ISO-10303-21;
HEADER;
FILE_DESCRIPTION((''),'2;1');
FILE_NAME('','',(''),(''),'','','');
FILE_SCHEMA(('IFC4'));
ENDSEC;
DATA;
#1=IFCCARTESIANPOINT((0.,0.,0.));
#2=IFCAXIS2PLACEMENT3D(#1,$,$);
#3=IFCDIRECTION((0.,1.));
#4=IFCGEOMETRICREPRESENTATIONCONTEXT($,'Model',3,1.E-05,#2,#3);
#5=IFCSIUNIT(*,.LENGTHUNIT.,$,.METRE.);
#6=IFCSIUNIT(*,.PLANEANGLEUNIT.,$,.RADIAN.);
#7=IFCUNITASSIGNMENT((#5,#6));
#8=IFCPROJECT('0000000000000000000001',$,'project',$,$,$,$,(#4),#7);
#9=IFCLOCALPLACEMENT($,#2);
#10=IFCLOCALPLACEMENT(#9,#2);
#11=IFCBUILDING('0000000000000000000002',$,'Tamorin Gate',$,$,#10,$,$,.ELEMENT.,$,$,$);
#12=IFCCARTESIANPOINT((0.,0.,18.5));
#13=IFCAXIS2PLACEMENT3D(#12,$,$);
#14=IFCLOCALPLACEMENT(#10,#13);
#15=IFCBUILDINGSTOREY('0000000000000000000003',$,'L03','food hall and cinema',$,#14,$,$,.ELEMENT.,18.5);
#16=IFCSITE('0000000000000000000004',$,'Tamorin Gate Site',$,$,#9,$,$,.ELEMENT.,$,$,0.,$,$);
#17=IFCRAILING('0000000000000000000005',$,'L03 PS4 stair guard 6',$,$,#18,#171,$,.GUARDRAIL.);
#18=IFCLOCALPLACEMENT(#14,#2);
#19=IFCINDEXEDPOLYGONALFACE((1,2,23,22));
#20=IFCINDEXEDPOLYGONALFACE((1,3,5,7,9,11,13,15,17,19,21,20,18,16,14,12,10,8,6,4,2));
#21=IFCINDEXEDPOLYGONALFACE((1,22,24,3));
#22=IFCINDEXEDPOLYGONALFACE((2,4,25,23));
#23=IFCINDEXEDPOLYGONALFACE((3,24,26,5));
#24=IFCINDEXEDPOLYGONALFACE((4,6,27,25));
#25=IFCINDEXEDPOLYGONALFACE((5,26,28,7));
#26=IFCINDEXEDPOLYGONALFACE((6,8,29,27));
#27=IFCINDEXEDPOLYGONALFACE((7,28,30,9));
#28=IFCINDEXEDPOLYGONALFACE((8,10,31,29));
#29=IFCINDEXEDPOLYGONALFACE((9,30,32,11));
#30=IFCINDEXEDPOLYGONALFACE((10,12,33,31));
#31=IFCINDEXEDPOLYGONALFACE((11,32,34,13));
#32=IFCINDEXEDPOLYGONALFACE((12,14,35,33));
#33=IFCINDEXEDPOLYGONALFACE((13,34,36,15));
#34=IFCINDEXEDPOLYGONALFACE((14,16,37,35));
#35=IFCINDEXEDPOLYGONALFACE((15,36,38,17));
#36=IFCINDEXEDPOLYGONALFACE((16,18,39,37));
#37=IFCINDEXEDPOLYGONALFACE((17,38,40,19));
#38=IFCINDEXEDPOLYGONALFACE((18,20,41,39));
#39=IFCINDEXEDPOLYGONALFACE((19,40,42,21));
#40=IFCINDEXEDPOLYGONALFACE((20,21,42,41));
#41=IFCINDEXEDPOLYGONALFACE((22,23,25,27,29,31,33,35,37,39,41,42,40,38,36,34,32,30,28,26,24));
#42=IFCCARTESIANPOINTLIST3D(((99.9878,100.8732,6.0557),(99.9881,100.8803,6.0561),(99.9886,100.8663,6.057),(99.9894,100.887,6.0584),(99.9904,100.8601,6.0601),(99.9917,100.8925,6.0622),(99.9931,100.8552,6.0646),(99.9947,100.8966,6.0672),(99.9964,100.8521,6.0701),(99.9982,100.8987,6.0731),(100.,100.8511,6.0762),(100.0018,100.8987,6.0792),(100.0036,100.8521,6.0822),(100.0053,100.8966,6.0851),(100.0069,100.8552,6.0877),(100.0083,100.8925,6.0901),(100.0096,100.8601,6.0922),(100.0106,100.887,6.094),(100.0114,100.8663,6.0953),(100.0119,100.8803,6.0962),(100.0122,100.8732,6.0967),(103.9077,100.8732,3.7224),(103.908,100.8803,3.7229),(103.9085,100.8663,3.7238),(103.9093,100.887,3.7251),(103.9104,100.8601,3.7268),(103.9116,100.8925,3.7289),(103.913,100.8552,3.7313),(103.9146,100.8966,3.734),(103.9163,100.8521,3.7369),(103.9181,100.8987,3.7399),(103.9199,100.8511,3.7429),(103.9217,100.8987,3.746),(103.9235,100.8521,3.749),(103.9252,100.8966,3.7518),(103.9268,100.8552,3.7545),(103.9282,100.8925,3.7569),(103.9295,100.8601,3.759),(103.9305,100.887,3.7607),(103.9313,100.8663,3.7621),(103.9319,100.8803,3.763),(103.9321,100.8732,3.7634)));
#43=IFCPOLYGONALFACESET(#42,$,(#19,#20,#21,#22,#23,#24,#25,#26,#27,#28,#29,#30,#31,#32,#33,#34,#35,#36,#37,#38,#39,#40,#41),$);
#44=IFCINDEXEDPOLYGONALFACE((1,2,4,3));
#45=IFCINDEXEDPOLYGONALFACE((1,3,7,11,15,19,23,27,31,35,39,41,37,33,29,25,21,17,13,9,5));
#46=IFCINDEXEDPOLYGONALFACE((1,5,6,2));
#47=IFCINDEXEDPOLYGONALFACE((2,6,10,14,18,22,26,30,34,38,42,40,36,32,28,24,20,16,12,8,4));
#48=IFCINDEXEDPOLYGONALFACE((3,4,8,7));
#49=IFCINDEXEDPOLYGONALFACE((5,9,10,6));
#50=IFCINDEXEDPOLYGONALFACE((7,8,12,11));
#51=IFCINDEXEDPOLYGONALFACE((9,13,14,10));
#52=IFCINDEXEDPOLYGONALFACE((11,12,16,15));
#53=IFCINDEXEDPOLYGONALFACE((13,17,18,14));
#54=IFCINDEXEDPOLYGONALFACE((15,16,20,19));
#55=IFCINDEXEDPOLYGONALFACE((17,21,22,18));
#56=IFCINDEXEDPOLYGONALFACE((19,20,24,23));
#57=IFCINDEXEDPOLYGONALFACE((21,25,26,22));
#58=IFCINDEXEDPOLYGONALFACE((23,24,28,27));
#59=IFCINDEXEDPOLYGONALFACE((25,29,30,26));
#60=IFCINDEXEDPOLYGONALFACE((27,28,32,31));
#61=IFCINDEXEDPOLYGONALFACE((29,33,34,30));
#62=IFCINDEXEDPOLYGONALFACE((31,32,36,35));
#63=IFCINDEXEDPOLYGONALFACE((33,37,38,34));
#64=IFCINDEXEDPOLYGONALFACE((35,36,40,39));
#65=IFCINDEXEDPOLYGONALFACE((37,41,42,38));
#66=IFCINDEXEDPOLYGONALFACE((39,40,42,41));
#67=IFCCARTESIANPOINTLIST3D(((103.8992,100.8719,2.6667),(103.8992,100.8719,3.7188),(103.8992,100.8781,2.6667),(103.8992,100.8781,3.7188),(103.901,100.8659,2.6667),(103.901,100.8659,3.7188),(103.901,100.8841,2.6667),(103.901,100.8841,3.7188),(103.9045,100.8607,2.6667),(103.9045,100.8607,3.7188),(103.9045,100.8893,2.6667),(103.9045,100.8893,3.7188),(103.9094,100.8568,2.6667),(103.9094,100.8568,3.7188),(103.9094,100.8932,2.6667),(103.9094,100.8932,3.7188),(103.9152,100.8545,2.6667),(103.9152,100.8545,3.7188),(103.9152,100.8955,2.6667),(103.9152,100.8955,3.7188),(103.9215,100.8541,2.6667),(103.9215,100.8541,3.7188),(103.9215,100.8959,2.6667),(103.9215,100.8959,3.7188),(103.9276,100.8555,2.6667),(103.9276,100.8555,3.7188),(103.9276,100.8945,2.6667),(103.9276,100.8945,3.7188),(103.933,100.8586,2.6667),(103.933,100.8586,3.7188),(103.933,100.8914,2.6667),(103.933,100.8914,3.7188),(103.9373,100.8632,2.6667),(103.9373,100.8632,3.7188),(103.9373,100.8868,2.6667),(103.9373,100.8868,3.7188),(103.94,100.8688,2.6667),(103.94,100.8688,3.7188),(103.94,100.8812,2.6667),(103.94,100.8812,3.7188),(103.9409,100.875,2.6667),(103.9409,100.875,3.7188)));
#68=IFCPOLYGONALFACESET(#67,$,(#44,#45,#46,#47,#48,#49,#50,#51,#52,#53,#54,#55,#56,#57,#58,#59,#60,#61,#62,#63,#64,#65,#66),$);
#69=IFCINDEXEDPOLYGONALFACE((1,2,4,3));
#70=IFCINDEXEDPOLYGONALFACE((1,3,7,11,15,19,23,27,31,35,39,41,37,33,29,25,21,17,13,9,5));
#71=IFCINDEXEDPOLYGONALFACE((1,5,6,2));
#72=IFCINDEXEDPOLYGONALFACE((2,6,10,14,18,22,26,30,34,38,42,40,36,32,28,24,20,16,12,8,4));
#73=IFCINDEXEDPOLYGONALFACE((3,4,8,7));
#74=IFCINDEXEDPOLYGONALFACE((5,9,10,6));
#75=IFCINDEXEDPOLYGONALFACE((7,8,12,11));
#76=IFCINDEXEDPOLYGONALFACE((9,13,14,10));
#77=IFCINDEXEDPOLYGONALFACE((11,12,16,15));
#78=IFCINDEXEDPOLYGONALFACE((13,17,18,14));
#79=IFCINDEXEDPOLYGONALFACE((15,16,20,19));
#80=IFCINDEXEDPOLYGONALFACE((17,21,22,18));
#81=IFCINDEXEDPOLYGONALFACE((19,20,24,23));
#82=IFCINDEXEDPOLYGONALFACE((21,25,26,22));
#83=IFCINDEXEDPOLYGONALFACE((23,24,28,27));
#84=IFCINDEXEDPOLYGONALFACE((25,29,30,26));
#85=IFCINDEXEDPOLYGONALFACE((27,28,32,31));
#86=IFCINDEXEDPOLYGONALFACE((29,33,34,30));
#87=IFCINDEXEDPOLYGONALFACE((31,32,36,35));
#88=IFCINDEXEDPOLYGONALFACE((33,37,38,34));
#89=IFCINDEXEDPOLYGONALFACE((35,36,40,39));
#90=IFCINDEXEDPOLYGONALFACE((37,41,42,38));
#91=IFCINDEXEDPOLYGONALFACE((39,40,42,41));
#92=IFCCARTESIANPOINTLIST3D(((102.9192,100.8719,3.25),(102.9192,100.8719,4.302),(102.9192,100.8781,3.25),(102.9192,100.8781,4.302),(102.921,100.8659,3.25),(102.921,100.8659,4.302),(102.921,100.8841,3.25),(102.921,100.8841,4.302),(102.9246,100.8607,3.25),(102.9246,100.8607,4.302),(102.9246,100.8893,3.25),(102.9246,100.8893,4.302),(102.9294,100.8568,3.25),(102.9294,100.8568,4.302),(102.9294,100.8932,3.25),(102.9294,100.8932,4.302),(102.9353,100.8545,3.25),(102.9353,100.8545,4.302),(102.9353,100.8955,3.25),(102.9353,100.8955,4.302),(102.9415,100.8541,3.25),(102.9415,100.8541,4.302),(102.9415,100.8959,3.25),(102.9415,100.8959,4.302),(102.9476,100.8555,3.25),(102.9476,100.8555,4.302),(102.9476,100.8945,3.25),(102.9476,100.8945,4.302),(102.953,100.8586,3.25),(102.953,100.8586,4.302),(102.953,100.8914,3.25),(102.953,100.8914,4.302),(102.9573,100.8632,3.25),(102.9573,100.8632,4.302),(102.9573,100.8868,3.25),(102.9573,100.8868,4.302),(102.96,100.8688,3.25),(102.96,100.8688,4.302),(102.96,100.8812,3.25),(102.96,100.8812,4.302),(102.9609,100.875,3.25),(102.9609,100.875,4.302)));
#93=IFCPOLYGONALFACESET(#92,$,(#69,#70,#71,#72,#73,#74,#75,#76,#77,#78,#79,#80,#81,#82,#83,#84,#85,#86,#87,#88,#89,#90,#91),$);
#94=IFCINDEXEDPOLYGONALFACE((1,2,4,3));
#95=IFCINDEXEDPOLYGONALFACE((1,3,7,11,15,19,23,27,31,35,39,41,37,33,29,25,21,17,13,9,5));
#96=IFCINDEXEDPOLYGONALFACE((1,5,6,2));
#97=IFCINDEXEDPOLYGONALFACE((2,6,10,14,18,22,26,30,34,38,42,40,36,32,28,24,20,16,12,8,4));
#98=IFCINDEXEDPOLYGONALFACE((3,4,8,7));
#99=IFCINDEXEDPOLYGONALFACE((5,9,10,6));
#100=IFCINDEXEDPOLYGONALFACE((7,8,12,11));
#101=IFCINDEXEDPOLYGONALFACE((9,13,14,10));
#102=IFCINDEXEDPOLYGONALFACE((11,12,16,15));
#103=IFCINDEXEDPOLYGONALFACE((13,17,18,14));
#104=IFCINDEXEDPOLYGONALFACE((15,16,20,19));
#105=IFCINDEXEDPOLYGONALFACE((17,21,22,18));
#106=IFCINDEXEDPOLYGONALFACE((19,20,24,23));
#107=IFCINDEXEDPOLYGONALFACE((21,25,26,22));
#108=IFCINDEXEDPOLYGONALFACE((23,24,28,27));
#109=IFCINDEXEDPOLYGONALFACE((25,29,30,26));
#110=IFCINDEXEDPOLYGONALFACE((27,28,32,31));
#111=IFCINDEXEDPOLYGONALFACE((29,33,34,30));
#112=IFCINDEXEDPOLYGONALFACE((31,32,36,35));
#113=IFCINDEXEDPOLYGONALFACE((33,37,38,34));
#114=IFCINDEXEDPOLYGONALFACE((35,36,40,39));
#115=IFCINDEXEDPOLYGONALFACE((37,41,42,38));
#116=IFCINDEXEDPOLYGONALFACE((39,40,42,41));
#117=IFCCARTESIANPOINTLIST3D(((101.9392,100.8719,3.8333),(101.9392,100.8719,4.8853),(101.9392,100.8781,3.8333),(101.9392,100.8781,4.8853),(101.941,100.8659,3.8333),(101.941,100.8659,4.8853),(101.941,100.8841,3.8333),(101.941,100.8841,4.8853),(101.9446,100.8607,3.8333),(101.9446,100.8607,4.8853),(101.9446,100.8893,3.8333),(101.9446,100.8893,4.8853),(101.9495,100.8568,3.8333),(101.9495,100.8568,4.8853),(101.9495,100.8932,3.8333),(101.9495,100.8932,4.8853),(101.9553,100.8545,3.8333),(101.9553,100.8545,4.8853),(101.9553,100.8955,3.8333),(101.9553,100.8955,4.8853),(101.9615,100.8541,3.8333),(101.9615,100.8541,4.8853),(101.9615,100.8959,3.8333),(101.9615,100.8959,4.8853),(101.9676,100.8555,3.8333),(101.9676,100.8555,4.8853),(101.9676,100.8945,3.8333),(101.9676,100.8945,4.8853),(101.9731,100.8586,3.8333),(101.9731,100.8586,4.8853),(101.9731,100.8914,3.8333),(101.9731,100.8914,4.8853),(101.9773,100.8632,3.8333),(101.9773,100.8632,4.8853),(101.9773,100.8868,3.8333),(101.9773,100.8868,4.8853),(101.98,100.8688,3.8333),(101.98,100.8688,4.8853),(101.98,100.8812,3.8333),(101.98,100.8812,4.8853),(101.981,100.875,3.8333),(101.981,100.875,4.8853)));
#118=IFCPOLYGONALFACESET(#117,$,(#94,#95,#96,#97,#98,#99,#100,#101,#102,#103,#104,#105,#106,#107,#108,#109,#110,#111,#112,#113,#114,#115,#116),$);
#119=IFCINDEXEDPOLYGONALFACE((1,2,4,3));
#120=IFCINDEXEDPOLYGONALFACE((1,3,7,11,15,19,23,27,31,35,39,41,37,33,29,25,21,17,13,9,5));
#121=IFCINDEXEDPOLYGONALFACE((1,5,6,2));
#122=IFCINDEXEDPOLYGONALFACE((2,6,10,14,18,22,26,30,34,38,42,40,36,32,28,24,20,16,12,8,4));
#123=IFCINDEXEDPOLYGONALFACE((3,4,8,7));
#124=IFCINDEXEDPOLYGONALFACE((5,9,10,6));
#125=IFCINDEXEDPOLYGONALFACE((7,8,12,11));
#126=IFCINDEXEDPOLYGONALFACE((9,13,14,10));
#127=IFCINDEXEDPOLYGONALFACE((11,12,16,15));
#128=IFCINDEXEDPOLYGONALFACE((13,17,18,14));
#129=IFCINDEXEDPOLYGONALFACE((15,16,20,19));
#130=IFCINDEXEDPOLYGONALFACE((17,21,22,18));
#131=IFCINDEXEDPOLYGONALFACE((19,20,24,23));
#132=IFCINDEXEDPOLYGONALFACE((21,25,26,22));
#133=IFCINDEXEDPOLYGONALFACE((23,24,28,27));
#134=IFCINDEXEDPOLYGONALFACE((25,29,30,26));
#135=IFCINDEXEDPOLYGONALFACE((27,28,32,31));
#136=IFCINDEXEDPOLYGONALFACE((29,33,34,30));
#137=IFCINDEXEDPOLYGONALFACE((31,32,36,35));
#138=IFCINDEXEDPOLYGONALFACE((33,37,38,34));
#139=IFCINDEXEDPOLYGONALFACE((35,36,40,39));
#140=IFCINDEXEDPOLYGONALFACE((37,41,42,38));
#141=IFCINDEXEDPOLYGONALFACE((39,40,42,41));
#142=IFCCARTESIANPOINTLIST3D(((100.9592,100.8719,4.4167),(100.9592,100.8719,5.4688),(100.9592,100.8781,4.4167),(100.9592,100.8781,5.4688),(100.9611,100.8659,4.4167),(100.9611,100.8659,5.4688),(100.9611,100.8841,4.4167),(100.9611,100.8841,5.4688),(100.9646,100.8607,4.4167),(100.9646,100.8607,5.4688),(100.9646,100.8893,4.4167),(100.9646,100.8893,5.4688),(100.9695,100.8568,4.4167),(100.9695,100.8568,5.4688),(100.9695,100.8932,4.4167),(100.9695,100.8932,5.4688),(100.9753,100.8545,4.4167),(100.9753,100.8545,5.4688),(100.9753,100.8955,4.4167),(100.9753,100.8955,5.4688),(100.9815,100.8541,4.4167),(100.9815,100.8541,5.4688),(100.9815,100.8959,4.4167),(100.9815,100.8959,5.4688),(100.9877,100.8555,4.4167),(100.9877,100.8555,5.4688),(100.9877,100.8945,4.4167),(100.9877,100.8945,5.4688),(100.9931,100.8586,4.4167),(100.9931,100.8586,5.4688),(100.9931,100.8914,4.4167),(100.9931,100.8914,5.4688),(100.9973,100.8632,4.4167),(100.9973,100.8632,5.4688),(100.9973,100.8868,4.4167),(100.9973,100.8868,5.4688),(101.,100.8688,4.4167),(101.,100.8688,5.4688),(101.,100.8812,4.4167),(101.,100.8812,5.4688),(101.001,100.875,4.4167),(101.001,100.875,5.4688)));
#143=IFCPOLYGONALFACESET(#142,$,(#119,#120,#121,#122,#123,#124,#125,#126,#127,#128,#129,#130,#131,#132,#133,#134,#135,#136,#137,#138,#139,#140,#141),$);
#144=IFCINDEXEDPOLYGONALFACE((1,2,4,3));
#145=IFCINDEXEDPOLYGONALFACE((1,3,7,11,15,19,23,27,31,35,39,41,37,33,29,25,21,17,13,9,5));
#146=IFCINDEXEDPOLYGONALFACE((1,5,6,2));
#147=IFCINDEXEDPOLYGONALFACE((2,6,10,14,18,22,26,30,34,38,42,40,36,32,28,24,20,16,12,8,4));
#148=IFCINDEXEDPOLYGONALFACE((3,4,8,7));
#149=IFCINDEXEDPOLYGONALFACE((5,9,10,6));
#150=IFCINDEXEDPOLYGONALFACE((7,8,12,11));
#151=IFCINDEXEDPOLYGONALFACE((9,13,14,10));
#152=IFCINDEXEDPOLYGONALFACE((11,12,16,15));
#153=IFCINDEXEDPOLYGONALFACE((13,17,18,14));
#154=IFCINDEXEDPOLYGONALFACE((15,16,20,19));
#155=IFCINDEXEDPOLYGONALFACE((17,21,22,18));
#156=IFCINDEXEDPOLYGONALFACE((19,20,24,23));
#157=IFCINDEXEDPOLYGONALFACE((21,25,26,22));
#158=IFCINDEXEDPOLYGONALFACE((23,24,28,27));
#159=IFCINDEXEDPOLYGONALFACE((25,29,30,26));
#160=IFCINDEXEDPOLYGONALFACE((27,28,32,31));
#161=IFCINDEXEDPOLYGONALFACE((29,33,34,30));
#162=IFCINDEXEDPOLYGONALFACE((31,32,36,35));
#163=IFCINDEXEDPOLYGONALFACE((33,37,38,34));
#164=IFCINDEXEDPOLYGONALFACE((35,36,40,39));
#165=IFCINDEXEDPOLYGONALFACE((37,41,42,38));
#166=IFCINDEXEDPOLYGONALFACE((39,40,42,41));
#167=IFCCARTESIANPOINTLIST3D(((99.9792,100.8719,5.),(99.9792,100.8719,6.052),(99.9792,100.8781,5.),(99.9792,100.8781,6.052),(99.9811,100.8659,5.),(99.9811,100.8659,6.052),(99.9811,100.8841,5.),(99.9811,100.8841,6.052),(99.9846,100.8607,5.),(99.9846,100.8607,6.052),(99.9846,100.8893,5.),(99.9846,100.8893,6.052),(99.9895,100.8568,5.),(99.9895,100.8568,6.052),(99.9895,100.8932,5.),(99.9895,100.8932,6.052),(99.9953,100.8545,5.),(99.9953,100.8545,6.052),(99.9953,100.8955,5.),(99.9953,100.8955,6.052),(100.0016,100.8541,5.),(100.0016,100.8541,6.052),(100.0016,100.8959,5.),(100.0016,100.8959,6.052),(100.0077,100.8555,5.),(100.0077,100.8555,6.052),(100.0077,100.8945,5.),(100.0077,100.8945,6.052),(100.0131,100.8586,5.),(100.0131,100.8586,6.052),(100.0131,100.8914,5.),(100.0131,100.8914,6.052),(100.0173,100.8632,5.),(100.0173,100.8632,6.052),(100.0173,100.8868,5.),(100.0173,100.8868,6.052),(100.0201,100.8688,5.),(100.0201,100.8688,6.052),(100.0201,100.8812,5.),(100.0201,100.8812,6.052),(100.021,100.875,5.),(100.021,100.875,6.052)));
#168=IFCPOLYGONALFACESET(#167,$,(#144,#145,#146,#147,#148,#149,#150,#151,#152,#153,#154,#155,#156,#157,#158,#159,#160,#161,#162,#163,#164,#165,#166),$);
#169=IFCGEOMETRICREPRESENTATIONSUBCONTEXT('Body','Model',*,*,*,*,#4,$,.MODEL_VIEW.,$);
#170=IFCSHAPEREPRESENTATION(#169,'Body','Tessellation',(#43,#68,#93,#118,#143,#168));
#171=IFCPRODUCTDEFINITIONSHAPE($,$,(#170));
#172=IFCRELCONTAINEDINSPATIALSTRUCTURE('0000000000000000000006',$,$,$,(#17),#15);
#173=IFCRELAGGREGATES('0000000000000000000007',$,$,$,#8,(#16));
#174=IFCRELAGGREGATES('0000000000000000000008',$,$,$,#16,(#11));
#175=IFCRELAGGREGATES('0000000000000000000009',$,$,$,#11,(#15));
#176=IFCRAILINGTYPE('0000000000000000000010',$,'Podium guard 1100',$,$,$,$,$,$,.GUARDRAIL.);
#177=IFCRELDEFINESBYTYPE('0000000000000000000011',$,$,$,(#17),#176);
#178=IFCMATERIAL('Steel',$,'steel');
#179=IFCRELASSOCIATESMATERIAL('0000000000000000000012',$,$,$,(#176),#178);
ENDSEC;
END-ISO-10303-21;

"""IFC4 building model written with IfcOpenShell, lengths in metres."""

from ifc_helpers import new_model, si_unit, direction, frame, origin, origin_2d, place, context, subcontext, project, spatial, circle, extrude, material, type_object, element, save


model = new_model("IFC4")

# Units and contexts
model_context = context("Model", 3, precision=1e-05, world=origin(), true_north=direction((0.0, 1.0)))
body_context = subcontext(model_context, "Body", "Model", "MODEL_VIEW")
ifc_project = project(units=[si_unit("LENGTHUNIT", "METRE"), si_unit("PLANEANGLEUNIT", "RADIAN")], contexts=[model_context])

# Site, building, storey
site_placement = place(None, origin())
site = spatial("IfcSite", under=ifc_project, at=site_placement, Name="Tamorin Gate Site", CompositionType="ELEMENT", RefElevation=0.0)
building_placement = place(site_placement, origin())
building = spatial("IfcBuilding", under=site, at=building_placement, Name="Tamorin Gate", CompositionType="ELEMENT")
storey_placement = place(building_placement, frame((0.0, 0.0, 18.5)))
storey = spatial("IfcBuildingStorey", under=building, at=storey_placement, Name="L03", Description="food hall and cinema", CompositionType="ELEMENT", Elevation=18.5)

# Railing
ifc_material_1 = material(Name="Steel", Category="steel")
railing_type_1 = type_object("IfcRailingType", Name="Podium guard 1100", PredefinedType="GUARDRAIL", material=ifc_material_1)
railing_1_placement = place(storey_placement, frame((103.9199, 100.875, 2.6667)))
element("IfcRailing", 1, at=railing_1_placement, inside=storey, type_object=railing_type_1, Name="L03 PS4 stair guard 6", PredefinedType="GUARDRAIL", context=body_context, shape_type="SweptSolid", body=[
    extrude(circle(Radius=0.0239, at=origin_2d()), frame((0.0, 0.0, 1.0762), z_axis=(-0.859296, 0.0, 0.511478), x_axis=(0.0, -1.0, 0.0)), (0.0, 0.0, 1.0), 4.5618),
    extrude(circle(Radius=0.021, at=origin_2d()), origin(), (0.0, 0.0, 1.0), 1.052),
    extrude(circle(Radius=0.021, at=origin_2d()), frame((-0.98, 0.0, 0.5833)), (0.0, 0.0, 1.0), 1.052),
    extrude(circle(Radius=0.021, at=origin_2d()), frame((-1.96, 0.0, 1.1665)), (0.0, 0.0, 1.0), 1.052),
    extrude(circle(Radius=0.021, at=origin_2d()), frame((-2.9399, 0.0, 1.75)), (0.0, 0.0, 1.0), 1.052),
    extrude(circle(Radius=0.021, at=origin_2d()), frame((-3.9199, 0.0, 2.3333)), (0.0, 0.0, 1.0), 1.052),
])

save(model, "model.ifc")
